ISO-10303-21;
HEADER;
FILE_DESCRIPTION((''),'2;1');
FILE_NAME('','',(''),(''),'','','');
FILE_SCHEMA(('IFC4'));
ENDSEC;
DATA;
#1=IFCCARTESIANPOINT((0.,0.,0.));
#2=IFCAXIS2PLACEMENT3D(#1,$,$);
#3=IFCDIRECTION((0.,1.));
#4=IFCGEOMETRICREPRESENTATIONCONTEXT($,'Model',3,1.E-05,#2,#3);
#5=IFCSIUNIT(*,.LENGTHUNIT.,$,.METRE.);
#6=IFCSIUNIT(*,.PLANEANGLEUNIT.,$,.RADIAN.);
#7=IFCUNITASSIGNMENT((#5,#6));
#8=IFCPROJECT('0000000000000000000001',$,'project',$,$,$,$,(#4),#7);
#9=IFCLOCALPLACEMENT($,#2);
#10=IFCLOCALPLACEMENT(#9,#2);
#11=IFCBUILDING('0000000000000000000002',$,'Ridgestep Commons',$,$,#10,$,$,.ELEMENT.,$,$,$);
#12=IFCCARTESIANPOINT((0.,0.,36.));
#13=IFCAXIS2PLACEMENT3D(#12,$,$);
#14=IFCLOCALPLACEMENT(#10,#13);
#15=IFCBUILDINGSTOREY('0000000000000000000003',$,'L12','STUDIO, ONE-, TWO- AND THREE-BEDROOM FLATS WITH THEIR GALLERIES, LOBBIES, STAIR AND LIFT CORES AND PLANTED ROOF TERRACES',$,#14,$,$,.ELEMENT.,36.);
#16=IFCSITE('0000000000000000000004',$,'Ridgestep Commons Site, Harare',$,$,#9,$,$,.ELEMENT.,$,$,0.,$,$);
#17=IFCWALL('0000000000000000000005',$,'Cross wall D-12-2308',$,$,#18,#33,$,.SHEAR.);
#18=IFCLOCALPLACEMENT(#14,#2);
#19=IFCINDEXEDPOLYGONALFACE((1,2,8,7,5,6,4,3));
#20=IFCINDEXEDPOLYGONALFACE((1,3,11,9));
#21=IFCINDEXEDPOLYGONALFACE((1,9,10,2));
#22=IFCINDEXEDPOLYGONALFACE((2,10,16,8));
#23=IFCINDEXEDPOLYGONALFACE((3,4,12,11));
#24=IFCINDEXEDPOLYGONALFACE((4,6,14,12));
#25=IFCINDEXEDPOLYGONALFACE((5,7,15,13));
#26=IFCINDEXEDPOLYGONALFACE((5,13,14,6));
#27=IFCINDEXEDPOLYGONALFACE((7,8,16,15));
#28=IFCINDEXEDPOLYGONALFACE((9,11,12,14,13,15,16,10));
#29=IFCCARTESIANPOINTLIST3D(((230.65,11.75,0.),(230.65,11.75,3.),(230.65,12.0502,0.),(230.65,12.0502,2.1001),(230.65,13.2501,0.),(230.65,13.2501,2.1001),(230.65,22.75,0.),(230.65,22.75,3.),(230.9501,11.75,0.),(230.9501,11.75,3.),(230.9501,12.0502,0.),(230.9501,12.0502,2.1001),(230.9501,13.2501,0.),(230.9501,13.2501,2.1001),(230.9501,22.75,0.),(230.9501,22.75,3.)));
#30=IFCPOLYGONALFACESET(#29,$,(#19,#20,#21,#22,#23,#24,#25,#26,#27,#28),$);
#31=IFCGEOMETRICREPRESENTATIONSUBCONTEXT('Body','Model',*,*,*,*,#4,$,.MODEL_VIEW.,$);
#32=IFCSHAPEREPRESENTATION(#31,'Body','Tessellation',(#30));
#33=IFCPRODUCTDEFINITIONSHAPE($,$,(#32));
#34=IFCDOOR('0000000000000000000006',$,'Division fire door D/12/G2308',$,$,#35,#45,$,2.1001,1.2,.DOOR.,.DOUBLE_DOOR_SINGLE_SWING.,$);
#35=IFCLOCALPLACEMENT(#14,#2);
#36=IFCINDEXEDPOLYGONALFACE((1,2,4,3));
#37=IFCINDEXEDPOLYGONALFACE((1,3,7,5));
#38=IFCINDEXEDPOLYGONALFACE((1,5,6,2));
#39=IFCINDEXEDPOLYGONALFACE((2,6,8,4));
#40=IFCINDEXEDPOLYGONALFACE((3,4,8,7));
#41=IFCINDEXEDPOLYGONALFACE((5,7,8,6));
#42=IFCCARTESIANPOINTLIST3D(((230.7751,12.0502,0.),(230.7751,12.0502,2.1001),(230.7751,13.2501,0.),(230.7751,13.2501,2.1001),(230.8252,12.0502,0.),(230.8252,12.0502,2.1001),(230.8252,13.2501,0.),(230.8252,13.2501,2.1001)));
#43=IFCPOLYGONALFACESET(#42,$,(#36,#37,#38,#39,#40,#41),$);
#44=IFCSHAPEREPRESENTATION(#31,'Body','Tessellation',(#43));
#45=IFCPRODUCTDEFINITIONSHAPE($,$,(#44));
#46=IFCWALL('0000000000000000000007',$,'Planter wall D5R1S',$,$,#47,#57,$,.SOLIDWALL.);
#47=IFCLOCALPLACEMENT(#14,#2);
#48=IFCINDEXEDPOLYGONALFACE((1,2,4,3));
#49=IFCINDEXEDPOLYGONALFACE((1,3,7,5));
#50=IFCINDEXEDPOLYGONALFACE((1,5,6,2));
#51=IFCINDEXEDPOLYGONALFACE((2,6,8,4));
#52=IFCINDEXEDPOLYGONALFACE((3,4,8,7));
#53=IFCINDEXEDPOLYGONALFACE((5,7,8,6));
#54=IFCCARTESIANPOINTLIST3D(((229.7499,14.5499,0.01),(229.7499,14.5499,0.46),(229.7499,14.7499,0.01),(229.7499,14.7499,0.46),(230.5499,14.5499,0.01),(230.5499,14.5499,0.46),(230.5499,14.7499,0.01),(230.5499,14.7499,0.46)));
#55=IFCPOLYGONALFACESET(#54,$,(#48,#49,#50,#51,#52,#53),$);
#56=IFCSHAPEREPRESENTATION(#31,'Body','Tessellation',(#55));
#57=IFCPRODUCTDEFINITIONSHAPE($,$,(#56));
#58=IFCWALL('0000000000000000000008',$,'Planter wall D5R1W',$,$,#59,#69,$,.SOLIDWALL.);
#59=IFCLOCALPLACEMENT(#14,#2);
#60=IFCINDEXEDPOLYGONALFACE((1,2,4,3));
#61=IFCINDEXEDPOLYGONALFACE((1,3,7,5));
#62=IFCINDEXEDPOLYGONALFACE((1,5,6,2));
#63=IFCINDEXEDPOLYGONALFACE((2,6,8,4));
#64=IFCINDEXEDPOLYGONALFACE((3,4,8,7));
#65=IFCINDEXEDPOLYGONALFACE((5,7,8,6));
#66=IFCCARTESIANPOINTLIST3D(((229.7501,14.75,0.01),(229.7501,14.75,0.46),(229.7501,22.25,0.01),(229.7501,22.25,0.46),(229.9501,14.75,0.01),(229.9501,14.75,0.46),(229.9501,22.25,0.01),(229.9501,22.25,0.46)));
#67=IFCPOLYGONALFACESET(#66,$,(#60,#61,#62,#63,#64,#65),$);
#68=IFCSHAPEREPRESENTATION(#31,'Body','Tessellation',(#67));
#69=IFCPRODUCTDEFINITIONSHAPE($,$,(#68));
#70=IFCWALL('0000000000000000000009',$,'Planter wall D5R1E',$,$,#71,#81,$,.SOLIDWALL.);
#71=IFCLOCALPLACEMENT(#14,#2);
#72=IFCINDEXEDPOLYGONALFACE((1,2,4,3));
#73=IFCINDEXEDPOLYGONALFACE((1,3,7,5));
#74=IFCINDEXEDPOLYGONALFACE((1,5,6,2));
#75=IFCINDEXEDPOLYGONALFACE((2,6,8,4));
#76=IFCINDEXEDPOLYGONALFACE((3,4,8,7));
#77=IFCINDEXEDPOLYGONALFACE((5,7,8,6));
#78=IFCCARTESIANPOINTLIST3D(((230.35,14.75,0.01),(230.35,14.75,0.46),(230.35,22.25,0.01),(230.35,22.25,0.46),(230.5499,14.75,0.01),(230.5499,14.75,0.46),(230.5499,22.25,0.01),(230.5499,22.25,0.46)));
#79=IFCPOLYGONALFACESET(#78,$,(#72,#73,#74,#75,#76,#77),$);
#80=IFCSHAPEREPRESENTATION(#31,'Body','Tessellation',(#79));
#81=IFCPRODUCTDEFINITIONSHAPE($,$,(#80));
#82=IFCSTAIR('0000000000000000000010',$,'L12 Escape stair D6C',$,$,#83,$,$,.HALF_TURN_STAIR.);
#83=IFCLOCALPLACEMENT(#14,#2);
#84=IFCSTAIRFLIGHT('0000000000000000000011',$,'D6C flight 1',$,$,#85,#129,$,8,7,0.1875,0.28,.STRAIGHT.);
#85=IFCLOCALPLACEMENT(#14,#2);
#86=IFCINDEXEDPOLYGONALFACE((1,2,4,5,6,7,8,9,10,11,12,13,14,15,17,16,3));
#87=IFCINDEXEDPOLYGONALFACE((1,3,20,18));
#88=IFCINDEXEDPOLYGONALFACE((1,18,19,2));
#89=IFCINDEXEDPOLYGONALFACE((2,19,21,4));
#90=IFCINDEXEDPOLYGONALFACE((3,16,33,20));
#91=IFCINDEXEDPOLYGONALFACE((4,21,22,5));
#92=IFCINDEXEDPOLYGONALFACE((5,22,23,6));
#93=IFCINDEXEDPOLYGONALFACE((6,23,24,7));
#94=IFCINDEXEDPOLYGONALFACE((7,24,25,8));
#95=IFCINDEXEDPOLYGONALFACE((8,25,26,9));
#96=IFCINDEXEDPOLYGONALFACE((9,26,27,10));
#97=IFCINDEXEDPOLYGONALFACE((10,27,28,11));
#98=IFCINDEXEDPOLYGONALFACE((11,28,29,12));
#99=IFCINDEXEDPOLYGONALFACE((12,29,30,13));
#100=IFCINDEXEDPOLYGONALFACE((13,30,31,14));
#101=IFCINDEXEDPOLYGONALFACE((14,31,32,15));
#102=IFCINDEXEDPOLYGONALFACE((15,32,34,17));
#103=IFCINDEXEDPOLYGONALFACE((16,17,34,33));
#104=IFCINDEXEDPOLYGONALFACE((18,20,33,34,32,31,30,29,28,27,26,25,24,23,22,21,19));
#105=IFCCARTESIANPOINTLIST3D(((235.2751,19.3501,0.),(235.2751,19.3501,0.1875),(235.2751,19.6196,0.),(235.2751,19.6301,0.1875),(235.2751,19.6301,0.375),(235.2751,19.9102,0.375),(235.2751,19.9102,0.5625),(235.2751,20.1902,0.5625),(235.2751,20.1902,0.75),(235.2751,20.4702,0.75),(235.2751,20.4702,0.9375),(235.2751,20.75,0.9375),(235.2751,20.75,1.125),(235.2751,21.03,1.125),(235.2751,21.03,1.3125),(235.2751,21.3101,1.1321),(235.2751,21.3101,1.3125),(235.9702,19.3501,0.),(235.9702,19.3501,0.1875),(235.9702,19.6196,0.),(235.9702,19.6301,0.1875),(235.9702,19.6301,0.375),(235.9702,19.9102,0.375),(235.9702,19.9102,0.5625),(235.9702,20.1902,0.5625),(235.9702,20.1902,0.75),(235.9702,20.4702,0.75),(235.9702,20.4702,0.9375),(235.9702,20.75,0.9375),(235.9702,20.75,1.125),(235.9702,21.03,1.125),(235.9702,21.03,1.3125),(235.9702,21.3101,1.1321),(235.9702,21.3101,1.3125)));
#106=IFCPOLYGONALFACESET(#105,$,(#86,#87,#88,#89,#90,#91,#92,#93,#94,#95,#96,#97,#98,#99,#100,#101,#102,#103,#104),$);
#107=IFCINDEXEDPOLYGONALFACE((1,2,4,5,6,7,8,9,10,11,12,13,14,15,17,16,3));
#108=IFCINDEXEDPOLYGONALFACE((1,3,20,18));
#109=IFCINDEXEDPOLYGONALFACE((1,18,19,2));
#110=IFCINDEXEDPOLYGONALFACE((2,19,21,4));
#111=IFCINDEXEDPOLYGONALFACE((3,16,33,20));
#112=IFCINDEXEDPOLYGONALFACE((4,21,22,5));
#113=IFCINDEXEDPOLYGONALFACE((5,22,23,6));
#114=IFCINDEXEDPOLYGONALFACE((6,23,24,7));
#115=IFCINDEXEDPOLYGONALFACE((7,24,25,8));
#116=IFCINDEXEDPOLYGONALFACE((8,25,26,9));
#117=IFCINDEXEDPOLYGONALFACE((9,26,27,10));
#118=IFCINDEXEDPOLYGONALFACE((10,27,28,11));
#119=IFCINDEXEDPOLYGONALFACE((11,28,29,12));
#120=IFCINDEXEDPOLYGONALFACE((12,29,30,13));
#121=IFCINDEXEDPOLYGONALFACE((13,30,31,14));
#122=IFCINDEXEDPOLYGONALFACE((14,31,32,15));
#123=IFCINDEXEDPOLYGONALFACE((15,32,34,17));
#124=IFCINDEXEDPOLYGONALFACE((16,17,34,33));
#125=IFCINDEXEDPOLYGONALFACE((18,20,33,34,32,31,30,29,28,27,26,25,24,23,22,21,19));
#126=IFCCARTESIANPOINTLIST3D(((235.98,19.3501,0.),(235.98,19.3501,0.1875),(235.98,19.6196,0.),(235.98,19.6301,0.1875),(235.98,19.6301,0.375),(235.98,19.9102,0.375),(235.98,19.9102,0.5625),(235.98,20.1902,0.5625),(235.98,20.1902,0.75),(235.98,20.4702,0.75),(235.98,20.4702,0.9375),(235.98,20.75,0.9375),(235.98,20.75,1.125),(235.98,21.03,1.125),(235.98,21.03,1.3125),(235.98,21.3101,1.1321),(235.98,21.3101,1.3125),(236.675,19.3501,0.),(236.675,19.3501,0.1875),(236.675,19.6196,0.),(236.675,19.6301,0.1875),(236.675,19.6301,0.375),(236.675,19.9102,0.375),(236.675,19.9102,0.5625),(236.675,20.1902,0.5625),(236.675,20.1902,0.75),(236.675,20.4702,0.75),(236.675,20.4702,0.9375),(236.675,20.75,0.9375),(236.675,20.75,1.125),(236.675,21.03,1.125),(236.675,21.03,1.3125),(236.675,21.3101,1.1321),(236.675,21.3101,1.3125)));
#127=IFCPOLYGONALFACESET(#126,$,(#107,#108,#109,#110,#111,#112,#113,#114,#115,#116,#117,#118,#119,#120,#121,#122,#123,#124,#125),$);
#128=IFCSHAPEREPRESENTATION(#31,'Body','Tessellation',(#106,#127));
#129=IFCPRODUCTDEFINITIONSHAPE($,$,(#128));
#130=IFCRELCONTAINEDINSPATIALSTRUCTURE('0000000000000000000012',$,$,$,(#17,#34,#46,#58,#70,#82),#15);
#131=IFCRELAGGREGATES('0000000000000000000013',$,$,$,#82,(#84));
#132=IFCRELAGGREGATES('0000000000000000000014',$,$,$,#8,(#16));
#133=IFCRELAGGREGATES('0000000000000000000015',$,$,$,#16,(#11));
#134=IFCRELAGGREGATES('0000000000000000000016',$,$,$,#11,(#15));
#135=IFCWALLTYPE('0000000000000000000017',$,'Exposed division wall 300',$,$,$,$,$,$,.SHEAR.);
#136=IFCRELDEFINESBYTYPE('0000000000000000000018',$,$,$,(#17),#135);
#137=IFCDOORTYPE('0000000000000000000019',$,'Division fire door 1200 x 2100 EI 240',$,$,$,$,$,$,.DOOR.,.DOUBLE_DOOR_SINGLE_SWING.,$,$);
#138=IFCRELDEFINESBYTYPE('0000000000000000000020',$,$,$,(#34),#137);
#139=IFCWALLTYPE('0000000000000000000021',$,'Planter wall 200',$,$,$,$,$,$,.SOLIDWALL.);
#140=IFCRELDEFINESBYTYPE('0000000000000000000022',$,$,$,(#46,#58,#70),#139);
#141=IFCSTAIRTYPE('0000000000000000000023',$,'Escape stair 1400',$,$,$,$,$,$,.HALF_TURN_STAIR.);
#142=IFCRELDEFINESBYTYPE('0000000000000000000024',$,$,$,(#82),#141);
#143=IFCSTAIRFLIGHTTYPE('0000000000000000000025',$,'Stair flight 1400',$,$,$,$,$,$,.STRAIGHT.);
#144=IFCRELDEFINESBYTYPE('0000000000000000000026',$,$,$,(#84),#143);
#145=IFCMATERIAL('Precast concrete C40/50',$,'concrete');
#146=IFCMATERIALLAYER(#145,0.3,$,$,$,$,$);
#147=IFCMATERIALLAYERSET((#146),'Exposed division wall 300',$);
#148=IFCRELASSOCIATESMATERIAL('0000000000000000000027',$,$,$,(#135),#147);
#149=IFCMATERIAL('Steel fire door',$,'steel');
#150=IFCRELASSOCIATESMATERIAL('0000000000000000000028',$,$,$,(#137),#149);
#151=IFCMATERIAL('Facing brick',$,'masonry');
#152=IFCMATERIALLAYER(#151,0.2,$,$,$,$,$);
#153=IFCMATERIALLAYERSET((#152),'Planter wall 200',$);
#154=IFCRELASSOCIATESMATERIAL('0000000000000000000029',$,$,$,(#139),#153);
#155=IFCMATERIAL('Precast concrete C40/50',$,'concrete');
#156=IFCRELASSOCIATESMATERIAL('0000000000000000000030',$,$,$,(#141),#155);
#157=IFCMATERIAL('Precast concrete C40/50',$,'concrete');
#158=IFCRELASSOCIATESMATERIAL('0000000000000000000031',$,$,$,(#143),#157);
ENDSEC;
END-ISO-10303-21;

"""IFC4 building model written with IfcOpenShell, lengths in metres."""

from ifc_helpers import new_model, si_unit, direction, frame, frame_2d, origin, place, context, subcontext, project, spatial, polyline, rectangle, outline, extrude, material, layer, layer_set, type_object, element, fill, aggregate, save


model = new_model("IFC4")

# Units and contexts
model_context = context("Model", 3, precision=1e-05, world=origin(), true_north=direction((0.0, 1.0)))
body_context = subcontext(model_context, "Body", "Model", "MODEL_VIEW")
ifc_project = project(units=[si_unit("LENGTHUNIT", "METRE"), si_unit("PLANEANGLEUNIT", "RADIAN")], contexts=[model_context])

# Site, building, storey
site_placement = place(None, origin())
site = spatial("IfcSite", under=ifc_project, at=site_placement, Name="Ridgestep Commons Site, Harare", CompositionType="ELEMENT", RefElevation=0.0)
building_placement = place(site_placement, origin())
building = spatial("IfcBuilding", under=site, at=building_placement, Name="Ridgestep Commons", CompositionType="ELEMENT")
storey_placement = place(building_placement, frame((0.0, 0.0, 36.0)))
storey = spatial("IfcBuildingStorey", under=building, at=storey_placement, Name="L12", Description="STUDIO, ONE-, TWO- AND THREE-BEDROOM FLATS WITH THEIR GALLERIES, LOBBIES, STAIR AND LIFT CORES AND PLANTED ROOF TERRACES", CompositionType="ELEMENT", Elevation=36.0)

# Wall, opening, door
ifc_material_1 = material(Name="Precast concrete C40/50", Category="concrete")
ifc_layer_1 = layer(ifc_material_1, 0.3)
ifc_layer_set_1 = layer_set([ifc_layer_1], Name="Exposed division wall 300")
wall_type_1 = type_object("IfcWallType", Name="Exposed division wall 300", PredefinedType="SHEAR", material=ifc_layer_set_1)
wall_1_placement = place(storey_placement, frame((230.8, 11.75, 0.0), z_axis=(0.0, 0.0, 1.0), x_axis=(0.0, 1.0, 0.0)))
wall_1 = element("IfcWall", 1, at=wall_1_placement, inside=storey, type_object=wall_type_1, Name="Cross wall D-12-2308", PredefinedType="SHEAR", context=body_context, shape_type="SweptSolid", body=[
    extrude(rectangle(XDim=11.0, YDim=0.3, at=frame_2d((5.5, 0.0))), origin(), (0.0, 0.0, 1.0), 3.0),
])
opening_1_placement = place(wall_1_placement, frame((0.3, 0.0, 0.0)))
opening_1 = element("IfcOpeningElement", 2, at=opening_1_placement, cuts=wall_1, PredefinedType="OPENING", context=body_context, shape_type="SweptSolid", body=[
    extrude(rectangle(XDim=1.2, YDim=2.1001, at=frame_2d((0.6001, 1.05))), frame((0.0, 0.1599, 0.0), z_axis=(0.0, -1.0, 0.0), x_axis=(1.0, 0.0, 0.0)), (0.0, 0.0, 1.0), 0.3201),
])
ifc_material_2 = material(Name="Steel fire door", Category="steel")
door_type_1 = type_object("IfcDoorType", Name="Division fire door 1200 x 2100 EI 240", OperationType="DOUBLE_DOOR_SINGLE_SWING", PredefinedType="DOOR", material=ifc_material_2)
door_1_placement = place(opening_1_placement, origin())
door_1 = element("IfcDoor", 3, at=door_1_placement, inside=storey, type_object=door_type_1, Name="Division fire door D/12/G2308", OperationType="DOUBLE_DOOR_SINGLE_SWING", OverallHeight=2.1001, OverallWidth=1.2, PredefinedType="DOOR", context=body_context, shape_type="SweptSolid", body=[
    extrude(rectangle(XDim=1.2, YDim=2.1001, at=frame_2d((0.6001, 1.05))), frame((0.0, 0.0249, 0.0), z_axis=(0.0, -1.0, 0.0), x_axis=(1.0, 0.0, 0.0)), (0.0, 0.0, 1.0), 0.05),
])
fill(opening_1, door_1)

# Walls
ifc_material_3 = material(Name="Facing brick", Category="masonry")
ifc_layer_2 = layer(ifc_material_3, 0.2)
ifc_layer_set_2 = layer_set([ifc_layer_2], Name="Planter wall 200")
wall_type_2 = type_object("IfcWallType", Name="Planter wall 200", PredefinedType="SOLIDWALL", material=ifc_layer_set_2)
wall_2_placement = place(storey_placement, frame((229.75, 14.6499, 0.01), z_axis=(0.0, 0.0, 1.0), x_axis=(1.0, 0.0, 0.0)))
element("IfcWall", 4, at=wall_2_placement, inside=storey, type_object=wall_type_2, Name="Planter wall D5R1S", PredefinedType="SOLIDWALL", context=body_context, shape_type="SweptSolid", body=[
    extrude(rectangle(XDim=0.8, YDim=0.2, at=frame_2d((0.3999, 0.0))), origin(), (0.0, 0.0, 1.0), 0.45),
])
for number, where, z_axis, x_axis, name in (
    (5, (229.8501, 14.75, 0.01), (0.0, 0.0, 1.0), (0.0, 1.0, 0.0), "Planter wall D5R1W"),
    (6, (230.45, 14.75, 0.01), (0.0, 0.0, 1.0), (0.0, 1.0, 0.0), "Planter wall D5R1E"),
):
    element("IfcWall", number, at=place(storey_placement, frame(where, z_axis=z_axis, x_axis=x_axis)), inside=storey, type_object=wall_type_2, Name=name, PredefinedType="SOLIDWALL", context=body_context, shape_type="SweptSolid", body=[
        extrude(rectangle(XDim=7.5, YDim=0.2, at=frame_2d((3.75, 0.0))), origin(), (0.0, 0.0, 1.0), 0.45),
    ])

# Stair, stair flight
ifc_material_4 = material(Name="Precast concrete C40/50", Category="concrete")
stair_type = type_object("IfcStairType", Name="Escape stair 1400", PredefinedType="HALF_TURN_STAIR", material=ifc_material_4)
stair_placement = place(storey_placement, origin())
stair = element("IfcStair", 7, at=stair_placement, inside=storey, type_object=stair_type, Name="L12 Escape stair D6C", PredefinedType="HALF_TURN_STAIR")
ifc_material_5 = material(Name="Precast concrete C40/50", Category="concrete")
stair_flight_type = type_object("IfcStairFlightType", Name="Stair flight 1400", PredefinedType="STRAIGHT", material=ifc_material_5)
stair_flight_placement = place(storey_placement, frame((235.9751, 19.3501, 0.0), z_axis=(0.0, 0.0, 1.0), x_axis=(0.0, 1.0, 0.0)))
stair_flight = element("IfcStairFlight", 8, at=stair_flight_placement, type_object=stair_flight_type, Name="D6C flight 1", NumberOfRisers=8, NumberOfTreads=7, PredefinedType="STRAIGHT", RiserHeight=0.1875, TreadLength=0.28, context=body_context, shape_type="SweptSolid", body=[
    extrude(outline(polyline([(0.0, 0.0), (0.0, 0.1875), (0.28, 0.1875), (0.28, 0.375), (0.5601, 0.375), (0.5601, 0.5625), (0.8401, 0.5625), (0.8401, 0.75), (1.1201, 0.75), (1.1201, 0.9375), (1.3999, 0.9375), (1.3999, 1.125), (1.6799, 1.125), (1.6799, 1.3125), (1.96, 1.3125), (1.96, 1.5), (1.96, 1.1321), (0.2695, 0.0), (0.0, 0.0)])), frame((0.0, 0.7, 0.0), z_axis=(0.0, -1.0, 0.0), x_axis=(1.0, 0.0, 0.0)), (0.0, 0.0, 1.0), 0.6951),
    extrude(outline(polyline([(0.0, 0.0), (0.0, 0.1875), (0.28, 0.1875), (0.28, 0.375), (0.5601, 0.375), (0.5601, 0.5625), (0.8401, 0.5625), (0.8401, 0.75), (1.1201, 0.75), (1.1201, 0.9375), (1.3999, 0.9375), (1.3999, 1.125), (1.6799, 1.125), (1.6799, 1.3125), (1.96, 1.3125), (1.96, 1.5), (1.96, 1.1321), (0.2695, 0.0), (0.0, 0.0)])), frame((0.0, -0.0049, 0.0), z_axis=(0.0, -1.0, 0.0), x_axis=(1.0, 0.0, 0.0)), (0.0, 0.0, 1.0), 0.6951),
])
aggregate(stair, [stair_flight])

save(model, "model.ifc")
